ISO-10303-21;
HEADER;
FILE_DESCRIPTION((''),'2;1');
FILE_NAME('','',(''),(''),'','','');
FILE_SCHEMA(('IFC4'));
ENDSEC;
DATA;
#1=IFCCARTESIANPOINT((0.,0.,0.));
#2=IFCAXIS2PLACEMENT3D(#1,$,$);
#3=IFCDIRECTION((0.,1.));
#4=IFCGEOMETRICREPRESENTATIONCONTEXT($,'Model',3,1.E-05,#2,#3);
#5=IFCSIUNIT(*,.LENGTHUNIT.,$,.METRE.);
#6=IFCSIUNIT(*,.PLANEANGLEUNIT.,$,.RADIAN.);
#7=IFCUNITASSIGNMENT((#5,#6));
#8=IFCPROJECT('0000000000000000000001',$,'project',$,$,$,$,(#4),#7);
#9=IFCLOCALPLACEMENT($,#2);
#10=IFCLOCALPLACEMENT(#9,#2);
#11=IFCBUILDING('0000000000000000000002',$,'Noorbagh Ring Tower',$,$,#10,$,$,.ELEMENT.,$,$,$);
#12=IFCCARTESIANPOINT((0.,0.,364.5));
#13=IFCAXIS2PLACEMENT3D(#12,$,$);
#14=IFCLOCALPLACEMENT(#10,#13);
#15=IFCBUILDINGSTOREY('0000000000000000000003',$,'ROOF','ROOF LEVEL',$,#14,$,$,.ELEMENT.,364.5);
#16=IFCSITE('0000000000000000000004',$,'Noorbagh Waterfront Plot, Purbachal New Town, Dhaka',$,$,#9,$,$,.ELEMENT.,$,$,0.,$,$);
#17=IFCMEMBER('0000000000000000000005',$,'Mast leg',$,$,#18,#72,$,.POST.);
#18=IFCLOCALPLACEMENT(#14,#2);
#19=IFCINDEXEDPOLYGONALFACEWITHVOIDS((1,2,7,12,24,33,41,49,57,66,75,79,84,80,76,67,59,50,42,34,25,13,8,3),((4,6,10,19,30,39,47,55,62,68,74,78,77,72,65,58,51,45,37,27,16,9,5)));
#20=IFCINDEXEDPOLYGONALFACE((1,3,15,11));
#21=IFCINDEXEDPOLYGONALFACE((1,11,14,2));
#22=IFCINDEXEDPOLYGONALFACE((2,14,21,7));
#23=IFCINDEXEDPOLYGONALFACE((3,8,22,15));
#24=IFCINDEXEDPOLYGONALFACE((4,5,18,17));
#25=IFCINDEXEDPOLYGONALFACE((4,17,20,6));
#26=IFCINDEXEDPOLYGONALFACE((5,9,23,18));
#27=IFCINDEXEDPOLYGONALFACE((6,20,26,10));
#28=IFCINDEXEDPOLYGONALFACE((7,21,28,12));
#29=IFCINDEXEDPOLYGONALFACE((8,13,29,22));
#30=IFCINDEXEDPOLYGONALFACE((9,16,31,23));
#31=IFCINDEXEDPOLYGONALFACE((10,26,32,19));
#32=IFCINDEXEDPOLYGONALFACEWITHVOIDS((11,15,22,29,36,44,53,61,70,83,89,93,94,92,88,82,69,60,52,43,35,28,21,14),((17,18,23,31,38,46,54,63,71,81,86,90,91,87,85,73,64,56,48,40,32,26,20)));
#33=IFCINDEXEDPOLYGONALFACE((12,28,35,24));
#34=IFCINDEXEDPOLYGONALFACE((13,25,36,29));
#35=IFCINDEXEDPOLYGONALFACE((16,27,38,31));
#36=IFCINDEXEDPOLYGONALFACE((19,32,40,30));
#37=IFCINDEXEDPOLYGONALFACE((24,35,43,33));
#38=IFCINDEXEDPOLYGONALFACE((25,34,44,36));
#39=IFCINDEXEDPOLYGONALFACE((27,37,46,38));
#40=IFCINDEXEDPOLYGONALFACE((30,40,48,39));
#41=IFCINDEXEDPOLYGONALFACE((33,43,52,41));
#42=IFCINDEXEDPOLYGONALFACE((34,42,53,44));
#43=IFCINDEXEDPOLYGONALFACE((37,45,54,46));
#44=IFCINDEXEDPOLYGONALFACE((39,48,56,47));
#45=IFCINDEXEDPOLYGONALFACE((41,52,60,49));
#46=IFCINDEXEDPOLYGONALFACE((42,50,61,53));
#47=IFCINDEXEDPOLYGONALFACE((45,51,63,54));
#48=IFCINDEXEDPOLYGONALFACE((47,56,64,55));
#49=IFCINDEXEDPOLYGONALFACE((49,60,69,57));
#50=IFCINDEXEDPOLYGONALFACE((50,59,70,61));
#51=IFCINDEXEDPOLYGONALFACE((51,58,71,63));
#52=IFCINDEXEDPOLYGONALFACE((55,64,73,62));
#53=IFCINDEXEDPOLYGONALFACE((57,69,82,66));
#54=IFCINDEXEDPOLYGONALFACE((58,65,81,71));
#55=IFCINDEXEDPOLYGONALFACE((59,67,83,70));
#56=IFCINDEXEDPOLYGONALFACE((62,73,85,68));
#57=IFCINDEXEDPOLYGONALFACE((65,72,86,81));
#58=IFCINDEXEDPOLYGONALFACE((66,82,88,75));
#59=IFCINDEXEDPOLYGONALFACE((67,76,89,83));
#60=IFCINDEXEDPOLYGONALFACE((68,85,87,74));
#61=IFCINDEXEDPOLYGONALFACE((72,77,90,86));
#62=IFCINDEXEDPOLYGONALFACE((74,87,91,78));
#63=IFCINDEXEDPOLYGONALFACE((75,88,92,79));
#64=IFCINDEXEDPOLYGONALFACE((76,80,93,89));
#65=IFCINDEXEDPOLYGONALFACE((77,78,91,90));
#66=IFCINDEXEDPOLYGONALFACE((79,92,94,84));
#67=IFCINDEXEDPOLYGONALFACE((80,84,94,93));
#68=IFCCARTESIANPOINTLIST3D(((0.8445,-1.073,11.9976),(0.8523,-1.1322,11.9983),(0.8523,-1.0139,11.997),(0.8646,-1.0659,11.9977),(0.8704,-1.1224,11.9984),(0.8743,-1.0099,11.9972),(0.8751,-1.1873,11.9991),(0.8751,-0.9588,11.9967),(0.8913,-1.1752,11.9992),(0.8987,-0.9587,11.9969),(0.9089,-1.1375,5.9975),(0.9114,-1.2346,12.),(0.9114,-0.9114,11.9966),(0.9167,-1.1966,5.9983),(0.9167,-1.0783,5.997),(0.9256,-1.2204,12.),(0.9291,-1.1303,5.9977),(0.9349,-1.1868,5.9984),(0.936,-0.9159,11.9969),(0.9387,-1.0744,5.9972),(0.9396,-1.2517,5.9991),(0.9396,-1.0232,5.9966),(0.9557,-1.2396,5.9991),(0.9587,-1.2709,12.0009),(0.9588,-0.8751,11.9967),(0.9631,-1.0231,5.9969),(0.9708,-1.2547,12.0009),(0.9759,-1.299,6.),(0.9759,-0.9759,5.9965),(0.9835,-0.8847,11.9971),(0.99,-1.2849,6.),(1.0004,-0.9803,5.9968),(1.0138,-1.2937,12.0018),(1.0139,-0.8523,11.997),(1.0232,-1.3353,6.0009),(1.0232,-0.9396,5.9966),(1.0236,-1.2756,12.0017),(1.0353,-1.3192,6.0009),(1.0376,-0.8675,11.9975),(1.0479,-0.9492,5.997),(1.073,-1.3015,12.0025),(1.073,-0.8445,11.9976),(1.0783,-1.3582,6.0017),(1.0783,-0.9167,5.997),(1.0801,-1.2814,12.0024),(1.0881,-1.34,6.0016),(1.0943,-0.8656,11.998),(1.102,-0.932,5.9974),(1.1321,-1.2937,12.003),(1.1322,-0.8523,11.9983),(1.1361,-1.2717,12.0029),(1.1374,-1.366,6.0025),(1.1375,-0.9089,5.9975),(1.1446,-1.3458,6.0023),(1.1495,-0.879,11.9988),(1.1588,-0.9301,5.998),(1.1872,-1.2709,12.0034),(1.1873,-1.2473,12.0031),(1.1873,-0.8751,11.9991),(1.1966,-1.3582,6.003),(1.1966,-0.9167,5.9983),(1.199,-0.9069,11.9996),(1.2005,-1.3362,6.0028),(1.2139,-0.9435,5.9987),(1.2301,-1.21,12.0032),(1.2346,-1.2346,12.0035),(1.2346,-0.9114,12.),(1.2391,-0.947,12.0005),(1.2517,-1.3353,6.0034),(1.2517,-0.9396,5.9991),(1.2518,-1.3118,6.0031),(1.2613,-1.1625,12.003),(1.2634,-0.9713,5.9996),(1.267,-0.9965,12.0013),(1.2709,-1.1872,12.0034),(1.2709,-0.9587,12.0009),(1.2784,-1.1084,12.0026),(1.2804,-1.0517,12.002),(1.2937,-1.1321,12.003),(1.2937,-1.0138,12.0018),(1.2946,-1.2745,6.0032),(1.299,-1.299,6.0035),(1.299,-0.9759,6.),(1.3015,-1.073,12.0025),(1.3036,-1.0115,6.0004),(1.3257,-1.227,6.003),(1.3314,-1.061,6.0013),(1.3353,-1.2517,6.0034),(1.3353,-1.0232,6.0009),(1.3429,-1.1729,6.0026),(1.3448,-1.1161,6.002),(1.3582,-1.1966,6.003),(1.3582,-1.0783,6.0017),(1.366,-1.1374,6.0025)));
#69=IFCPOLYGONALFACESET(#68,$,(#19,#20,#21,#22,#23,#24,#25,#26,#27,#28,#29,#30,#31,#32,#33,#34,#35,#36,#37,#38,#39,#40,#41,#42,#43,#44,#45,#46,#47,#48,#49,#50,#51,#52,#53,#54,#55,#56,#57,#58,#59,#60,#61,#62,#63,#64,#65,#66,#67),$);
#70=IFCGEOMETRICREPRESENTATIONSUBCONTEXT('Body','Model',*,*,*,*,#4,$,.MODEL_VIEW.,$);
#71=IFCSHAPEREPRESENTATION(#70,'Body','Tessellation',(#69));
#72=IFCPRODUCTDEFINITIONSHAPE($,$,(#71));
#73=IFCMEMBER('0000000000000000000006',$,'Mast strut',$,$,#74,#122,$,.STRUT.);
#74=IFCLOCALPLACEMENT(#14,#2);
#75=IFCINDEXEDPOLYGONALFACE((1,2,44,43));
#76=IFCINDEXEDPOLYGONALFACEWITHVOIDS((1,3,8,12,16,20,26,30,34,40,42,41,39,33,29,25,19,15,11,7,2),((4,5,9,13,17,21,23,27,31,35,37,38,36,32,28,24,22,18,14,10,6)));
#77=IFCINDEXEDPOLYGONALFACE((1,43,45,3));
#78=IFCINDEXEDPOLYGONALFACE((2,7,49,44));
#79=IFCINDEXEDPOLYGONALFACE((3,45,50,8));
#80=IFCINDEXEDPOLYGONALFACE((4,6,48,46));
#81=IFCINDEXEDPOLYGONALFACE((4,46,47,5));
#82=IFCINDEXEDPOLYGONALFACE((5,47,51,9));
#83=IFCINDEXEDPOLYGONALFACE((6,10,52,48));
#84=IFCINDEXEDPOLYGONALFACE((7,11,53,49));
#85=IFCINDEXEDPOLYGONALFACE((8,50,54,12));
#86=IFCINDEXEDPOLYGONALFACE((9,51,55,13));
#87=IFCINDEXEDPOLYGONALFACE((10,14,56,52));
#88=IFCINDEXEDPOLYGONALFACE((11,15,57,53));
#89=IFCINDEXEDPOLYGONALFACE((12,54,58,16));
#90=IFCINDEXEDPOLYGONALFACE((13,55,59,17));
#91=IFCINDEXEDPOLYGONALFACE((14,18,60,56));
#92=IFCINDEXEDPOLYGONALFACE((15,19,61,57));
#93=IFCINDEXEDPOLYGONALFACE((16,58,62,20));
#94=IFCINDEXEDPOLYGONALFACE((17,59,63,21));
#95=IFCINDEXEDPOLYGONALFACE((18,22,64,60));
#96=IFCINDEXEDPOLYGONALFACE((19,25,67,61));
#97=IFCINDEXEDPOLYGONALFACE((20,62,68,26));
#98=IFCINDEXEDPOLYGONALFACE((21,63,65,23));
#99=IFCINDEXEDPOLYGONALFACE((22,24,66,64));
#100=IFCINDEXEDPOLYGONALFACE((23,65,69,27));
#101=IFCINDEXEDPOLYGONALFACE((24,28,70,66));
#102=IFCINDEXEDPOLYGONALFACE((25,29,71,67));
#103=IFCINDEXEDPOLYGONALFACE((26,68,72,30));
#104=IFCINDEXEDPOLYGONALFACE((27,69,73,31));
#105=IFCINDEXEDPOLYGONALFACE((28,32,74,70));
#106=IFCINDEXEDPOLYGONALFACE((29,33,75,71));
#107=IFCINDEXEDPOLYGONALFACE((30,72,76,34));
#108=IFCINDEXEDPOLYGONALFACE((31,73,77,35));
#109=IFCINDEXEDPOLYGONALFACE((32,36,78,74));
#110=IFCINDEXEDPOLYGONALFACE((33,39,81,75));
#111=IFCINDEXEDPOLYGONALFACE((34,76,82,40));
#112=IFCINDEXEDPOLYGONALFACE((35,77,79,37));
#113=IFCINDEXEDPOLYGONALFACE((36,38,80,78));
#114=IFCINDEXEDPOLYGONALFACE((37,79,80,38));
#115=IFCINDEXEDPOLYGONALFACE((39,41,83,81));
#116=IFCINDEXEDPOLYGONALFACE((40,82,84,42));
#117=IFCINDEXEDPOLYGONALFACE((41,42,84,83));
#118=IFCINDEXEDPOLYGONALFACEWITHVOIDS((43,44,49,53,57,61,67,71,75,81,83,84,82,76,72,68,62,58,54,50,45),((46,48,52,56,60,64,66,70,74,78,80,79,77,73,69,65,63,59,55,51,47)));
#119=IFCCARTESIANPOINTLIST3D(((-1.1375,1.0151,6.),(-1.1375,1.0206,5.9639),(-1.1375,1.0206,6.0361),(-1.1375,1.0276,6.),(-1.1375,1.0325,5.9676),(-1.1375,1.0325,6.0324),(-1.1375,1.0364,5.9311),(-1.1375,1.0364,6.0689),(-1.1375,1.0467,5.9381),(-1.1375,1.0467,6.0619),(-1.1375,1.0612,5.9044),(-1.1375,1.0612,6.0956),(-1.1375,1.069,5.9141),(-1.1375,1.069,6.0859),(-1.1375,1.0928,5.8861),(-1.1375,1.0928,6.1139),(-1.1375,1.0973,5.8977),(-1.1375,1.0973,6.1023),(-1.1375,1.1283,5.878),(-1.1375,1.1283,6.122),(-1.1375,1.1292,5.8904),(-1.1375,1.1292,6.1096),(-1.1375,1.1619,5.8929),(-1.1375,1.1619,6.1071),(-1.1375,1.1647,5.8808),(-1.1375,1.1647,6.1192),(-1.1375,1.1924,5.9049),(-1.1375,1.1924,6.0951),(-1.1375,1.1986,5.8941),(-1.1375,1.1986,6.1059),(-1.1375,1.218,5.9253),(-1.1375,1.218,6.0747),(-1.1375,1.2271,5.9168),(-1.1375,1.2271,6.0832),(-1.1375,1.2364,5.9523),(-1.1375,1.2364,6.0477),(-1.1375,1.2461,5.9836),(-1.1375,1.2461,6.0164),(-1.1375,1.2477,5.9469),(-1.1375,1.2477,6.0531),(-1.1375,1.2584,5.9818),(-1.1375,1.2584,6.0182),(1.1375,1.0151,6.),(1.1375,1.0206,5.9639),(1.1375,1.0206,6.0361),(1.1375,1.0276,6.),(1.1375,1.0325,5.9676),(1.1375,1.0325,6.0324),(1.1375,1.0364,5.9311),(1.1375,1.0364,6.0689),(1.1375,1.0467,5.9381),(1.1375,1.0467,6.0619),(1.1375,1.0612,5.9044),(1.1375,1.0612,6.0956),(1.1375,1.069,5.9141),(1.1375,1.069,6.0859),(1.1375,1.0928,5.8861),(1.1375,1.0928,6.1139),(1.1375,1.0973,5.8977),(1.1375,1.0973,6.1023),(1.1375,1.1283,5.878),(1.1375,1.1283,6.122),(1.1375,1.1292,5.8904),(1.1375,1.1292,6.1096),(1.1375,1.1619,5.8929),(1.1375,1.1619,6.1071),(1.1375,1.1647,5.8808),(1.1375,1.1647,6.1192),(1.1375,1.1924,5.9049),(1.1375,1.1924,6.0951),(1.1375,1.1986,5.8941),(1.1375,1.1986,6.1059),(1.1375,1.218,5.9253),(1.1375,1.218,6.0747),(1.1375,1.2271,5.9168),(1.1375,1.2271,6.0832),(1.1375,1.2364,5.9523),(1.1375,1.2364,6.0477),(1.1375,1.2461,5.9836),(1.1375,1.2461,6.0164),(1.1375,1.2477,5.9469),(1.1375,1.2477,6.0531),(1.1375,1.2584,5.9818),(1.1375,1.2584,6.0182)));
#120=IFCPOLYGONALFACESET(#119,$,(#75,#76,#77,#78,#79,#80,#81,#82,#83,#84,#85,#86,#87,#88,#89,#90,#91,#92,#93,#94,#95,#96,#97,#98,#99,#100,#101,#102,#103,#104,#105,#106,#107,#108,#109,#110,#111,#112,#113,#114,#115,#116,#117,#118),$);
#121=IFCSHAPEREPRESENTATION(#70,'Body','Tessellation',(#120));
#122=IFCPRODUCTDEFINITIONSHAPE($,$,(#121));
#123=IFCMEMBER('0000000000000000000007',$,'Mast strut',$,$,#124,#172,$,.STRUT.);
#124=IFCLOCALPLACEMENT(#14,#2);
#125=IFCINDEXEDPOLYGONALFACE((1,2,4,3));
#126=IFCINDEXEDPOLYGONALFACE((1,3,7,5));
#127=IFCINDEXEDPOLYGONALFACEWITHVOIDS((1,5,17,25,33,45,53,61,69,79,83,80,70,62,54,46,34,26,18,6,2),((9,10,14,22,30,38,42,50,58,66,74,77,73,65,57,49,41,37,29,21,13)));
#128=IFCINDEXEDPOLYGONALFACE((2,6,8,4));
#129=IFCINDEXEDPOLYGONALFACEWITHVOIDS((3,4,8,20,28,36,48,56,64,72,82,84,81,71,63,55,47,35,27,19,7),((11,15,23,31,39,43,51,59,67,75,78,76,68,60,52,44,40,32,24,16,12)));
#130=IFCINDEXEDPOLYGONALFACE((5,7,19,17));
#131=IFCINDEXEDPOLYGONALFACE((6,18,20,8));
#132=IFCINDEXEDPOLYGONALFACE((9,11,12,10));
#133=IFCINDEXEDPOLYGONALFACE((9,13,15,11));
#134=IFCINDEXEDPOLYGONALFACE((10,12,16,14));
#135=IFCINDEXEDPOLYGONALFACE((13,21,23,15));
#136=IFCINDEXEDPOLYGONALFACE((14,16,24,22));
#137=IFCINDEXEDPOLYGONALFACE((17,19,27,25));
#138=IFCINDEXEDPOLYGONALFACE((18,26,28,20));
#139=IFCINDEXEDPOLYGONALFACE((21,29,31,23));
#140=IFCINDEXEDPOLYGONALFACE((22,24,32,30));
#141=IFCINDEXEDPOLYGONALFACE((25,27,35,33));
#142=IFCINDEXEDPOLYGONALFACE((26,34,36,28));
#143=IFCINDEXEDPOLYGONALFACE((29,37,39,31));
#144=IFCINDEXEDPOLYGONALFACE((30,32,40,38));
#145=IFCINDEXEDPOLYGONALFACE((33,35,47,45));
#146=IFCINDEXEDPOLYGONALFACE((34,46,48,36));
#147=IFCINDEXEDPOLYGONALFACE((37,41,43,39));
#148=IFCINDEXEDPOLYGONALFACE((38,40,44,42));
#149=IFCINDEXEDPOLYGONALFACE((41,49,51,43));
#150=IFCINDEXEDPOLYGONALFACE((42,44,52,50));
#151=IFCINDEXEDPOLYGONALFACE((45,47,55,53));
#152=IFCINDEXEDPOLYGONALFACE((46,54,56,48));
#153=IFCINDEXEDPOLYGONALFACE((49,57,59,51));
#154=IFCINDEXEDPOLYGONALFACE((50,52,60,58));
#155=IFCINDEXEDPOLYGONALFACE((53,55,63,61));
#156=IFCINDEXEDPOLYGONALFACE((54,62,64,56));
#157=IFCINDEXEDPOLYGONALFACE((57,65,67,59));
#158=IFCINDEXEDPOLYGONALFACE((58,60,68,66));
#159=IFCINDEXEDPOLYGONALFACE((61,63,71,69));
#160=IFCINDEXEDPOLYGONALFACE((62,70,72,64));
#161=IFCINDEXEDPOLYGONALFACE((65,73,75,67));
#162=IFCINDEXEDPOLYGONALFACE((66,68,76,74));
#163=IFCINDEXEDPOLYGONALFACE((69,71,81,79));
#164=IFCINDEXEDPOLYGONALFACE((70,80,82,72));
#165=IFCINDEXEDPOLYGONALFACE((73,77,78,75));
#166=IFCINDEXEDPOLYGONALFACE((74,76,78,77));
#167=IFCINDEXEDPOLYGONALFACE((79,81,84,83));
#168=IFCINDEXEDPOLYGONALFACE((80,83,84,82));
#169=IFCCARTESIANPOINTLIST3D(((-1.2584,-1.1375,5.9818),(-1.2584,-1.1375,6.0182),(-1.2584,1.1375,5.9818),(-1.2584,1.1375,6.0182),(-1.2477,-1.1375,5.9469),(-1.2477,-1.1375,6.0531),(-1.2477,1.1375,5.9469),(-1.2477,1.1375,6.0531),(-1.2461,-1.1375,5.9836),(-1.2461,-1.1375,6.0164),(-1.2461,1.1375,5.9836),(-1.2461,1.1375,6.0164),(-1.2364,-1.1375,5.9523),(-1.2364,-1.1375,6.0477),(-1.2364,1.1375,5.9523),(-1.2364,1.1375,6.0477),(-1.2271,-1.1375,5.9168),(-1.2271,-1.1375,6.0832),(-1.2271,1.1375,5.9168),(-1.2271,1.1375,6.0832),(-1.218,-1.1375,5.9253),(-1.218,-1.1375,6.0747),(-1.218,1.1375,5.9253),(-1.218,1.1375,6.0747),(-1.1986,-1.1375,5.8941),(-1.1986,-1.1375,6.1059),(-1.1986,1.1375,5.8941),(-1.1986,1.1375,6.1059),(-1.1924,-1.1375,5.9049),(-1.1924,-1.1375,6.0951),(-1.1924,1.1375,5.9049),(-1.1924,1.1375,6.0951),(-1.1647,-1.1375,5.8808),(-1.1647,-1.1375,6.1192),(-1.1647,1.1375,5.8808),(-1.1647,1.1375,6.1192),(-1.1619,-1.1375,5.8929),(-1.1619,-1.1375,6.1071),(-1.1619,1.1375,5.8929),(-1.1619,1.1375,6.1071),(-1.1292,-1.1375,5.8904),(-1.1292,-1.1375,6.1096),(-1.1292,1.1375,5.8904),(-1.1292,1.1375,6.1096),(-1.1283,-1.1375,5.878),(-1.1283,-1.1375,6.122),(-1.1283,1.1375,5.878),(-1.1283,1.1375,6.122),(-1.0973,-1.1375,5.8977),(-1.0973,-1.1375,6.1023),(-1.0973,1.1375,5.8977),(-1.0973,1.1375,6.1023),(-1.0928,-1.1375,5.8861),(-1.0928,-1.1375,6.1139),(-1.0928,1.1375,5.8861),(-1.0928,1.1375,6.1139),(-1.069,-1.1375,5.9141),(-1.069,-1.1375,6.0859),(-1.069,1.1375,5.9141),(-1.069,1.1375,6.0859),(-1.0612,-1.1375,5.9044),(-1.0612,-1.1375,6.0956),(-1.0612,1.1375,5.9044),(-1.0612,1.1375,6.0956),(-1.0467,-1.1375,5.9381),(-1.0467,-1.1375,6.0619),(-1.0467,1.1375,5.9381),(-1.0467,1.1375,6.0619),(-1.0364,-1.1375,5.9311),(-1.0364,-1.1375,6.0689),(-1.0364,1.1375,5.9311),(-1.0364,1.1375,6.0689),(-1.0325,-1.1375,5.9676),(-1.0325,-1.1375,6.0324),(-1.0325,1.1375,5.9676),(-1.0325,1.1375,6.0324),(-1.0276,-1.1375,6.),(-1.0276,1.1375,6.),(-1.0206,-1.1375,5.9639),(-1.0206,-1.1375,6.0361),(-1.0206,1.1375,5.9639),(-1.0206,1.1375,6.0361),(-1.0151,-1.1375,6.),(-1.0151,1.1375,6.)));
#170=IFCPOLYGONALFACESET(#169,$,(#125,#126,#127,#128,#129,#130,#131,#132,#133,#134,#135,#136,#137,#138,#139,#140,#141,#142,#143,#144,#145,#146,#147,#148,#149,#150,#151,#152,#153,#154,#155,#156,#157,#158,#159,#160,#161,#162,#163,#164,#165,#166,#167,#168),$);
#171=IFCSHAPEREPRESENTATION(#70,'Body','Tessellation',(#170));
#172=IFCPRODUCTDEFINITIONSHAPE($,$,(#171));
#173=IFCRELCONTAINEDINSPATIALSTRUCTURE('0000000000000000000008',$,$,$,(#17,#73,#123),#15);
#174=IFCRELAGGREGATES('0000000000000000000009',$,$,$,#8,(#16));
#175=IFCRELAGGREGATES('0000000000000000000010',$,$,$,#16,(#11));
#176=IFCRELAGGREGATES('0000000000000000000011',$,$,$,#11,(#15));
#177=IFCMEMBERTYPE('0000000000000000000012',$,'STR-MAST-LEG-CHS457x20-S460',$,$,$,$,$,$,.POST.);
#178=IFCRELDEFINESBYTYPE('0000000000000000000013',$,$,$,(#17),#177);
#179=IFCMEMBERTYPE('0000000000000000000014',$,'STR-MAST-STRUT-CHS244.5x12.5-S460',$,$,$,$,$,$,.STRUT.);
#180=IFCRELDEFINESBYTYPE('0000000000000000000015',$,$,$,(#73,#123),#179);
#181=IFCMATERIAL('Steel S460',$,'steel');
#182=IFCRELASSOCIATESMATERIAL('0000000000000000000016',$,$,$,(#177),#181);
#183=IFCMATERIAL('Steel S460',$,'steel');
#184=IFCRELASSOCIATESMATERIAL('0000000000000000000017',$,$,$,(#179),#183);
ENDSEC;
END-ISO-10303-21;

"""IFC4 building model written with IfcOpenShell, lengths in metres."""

from ifc_helpers import new_model, si_unit, direction, frame, origin, origin_2d, place, context, subcontext, project, spatial, hollow_circle, extrude, material, material_profile, profile_set, type_object, element, save


model = new_model("IFC4")

# Units and contexts
model_context = context("Model", 3, precision=1e-05, world=origin(), true_north=direction((0.0, 1.0)))
body_context = subcontext(model_context, "Body", "Model", "MODEL_VIEW")
ifc_project = project(units=[si_unit("LENGTHUNIT", "METRE"), si_unit("PLANEANGLEUNIT", "RADIAN")], contexts=[model_context])

# Site, building, storey
site_placement = place(None, origin())
site = spatial("IfcSite", under=ifc_project, at=site_placement, Name="Noorbagh Waterfront Plot, Purbachal New Town, Dhaka", CompositionType="ELEMENT", RefElevation=0.0)
building_placement = place(site_placement, origin())
building = spatial("IfcBuilding", under=site, at=building_placement, Name="Noorbagh Ring Tower", CompositionType="ELEMENT")
storey_placement = place(building_placement, frame((0.0, 0.0, 364.5)))
storey = spatial("IfcBuildingStorey", under=building, at=storey_placement, Name="ROOF", Description="ROOF LEVEL", CompositionType="ELEMENT", Elevation=364.5)

# Members
ifc_material_1 = material(Name="Steel S460", Category="steel")
ifc_material_profile_1 = material_profile(ifc_material_1, hollow_circle(Radius=0.2285, WallThickness=0.02, at=origin_2d()), Name="CHS457x20")
ifc_profile_set_1 = profile_set([ifc_material_profile_1], Name="Steel S460")
member_type_1 = type_object("IfcMemberType", Name="STR-MAST-LEG-CHS457x20-S460", PredefinedType="POST", material=ifc_profile_set_1)
for number, where, z_axis, x_axis, name in (
    (1, (1.1375, -1.1375, 6.0), (-0.010741, 0.010741, 0.999885), (-0.707107, -0.707107, 0.0), "Mast leg"),
):
    element("IfcMember", number, at=place(storey_placement, frame(where, z_axis=z_axis, x_axis=x_axis)), inside=storey, type_object=member_type_1, Name=name, PredefinedType="POST", context=body_context, shape_type="SweptSolid", body=[
        extrude(hollow_circle(Radius=0.2285, WallThickness=0.02, at=origin_2d()), origin(), (0.0, 0.0, 1.0), 6.0007),
    ])
ifc_material_2 = material(Name="Steel S460", Category="steel")
ifc_material_profile_2 = material_profile(ifc_material_2, hollow_circle(Radius=0.1223, WallThickness=0.0125, at=origin_2d()), Name="CHS244.5x12.5")
ifc_profile_set_2 = profile_set([ifc_material_profile_2], Name="Steel S460")
member_type_2 = type_object("IfcMemberType", Name="STR-MAST-STRUT-CHS244.5x12.5-S460", PredefinedType="STRUT", material=ifc_profile_set_2)
for number, where, z_axis, x_axis, name in (
    (2, (1.1375, 1.1375, 6.0), (-1.0, 0.0, 0.0), (0.0, -1.0, 0.0), "Mast strut"),
    (3, (-1.1375, 1.1375, 6.0), (0.0, -1.0, 0.0), (1.0, 0.0, 0.0), "Mast strut"),
):
    element("IfcMember", number, at=place(storey_placement, frame(where, z_axis=z_axis, x_axis=x_axis)), inside=storey, type_object=member_type_2, Name=name, PredefinedType="STRUT", context=body_context, shape_type="SweptSolid", body=[
        extrude(hollow_circle(Radius=0.1223, WallThickness=0.0125, at=origin_2d()), origin(), (0.0, 0.0, 1.0), 2.2749),
    ])

save(model, "model.ifc")
